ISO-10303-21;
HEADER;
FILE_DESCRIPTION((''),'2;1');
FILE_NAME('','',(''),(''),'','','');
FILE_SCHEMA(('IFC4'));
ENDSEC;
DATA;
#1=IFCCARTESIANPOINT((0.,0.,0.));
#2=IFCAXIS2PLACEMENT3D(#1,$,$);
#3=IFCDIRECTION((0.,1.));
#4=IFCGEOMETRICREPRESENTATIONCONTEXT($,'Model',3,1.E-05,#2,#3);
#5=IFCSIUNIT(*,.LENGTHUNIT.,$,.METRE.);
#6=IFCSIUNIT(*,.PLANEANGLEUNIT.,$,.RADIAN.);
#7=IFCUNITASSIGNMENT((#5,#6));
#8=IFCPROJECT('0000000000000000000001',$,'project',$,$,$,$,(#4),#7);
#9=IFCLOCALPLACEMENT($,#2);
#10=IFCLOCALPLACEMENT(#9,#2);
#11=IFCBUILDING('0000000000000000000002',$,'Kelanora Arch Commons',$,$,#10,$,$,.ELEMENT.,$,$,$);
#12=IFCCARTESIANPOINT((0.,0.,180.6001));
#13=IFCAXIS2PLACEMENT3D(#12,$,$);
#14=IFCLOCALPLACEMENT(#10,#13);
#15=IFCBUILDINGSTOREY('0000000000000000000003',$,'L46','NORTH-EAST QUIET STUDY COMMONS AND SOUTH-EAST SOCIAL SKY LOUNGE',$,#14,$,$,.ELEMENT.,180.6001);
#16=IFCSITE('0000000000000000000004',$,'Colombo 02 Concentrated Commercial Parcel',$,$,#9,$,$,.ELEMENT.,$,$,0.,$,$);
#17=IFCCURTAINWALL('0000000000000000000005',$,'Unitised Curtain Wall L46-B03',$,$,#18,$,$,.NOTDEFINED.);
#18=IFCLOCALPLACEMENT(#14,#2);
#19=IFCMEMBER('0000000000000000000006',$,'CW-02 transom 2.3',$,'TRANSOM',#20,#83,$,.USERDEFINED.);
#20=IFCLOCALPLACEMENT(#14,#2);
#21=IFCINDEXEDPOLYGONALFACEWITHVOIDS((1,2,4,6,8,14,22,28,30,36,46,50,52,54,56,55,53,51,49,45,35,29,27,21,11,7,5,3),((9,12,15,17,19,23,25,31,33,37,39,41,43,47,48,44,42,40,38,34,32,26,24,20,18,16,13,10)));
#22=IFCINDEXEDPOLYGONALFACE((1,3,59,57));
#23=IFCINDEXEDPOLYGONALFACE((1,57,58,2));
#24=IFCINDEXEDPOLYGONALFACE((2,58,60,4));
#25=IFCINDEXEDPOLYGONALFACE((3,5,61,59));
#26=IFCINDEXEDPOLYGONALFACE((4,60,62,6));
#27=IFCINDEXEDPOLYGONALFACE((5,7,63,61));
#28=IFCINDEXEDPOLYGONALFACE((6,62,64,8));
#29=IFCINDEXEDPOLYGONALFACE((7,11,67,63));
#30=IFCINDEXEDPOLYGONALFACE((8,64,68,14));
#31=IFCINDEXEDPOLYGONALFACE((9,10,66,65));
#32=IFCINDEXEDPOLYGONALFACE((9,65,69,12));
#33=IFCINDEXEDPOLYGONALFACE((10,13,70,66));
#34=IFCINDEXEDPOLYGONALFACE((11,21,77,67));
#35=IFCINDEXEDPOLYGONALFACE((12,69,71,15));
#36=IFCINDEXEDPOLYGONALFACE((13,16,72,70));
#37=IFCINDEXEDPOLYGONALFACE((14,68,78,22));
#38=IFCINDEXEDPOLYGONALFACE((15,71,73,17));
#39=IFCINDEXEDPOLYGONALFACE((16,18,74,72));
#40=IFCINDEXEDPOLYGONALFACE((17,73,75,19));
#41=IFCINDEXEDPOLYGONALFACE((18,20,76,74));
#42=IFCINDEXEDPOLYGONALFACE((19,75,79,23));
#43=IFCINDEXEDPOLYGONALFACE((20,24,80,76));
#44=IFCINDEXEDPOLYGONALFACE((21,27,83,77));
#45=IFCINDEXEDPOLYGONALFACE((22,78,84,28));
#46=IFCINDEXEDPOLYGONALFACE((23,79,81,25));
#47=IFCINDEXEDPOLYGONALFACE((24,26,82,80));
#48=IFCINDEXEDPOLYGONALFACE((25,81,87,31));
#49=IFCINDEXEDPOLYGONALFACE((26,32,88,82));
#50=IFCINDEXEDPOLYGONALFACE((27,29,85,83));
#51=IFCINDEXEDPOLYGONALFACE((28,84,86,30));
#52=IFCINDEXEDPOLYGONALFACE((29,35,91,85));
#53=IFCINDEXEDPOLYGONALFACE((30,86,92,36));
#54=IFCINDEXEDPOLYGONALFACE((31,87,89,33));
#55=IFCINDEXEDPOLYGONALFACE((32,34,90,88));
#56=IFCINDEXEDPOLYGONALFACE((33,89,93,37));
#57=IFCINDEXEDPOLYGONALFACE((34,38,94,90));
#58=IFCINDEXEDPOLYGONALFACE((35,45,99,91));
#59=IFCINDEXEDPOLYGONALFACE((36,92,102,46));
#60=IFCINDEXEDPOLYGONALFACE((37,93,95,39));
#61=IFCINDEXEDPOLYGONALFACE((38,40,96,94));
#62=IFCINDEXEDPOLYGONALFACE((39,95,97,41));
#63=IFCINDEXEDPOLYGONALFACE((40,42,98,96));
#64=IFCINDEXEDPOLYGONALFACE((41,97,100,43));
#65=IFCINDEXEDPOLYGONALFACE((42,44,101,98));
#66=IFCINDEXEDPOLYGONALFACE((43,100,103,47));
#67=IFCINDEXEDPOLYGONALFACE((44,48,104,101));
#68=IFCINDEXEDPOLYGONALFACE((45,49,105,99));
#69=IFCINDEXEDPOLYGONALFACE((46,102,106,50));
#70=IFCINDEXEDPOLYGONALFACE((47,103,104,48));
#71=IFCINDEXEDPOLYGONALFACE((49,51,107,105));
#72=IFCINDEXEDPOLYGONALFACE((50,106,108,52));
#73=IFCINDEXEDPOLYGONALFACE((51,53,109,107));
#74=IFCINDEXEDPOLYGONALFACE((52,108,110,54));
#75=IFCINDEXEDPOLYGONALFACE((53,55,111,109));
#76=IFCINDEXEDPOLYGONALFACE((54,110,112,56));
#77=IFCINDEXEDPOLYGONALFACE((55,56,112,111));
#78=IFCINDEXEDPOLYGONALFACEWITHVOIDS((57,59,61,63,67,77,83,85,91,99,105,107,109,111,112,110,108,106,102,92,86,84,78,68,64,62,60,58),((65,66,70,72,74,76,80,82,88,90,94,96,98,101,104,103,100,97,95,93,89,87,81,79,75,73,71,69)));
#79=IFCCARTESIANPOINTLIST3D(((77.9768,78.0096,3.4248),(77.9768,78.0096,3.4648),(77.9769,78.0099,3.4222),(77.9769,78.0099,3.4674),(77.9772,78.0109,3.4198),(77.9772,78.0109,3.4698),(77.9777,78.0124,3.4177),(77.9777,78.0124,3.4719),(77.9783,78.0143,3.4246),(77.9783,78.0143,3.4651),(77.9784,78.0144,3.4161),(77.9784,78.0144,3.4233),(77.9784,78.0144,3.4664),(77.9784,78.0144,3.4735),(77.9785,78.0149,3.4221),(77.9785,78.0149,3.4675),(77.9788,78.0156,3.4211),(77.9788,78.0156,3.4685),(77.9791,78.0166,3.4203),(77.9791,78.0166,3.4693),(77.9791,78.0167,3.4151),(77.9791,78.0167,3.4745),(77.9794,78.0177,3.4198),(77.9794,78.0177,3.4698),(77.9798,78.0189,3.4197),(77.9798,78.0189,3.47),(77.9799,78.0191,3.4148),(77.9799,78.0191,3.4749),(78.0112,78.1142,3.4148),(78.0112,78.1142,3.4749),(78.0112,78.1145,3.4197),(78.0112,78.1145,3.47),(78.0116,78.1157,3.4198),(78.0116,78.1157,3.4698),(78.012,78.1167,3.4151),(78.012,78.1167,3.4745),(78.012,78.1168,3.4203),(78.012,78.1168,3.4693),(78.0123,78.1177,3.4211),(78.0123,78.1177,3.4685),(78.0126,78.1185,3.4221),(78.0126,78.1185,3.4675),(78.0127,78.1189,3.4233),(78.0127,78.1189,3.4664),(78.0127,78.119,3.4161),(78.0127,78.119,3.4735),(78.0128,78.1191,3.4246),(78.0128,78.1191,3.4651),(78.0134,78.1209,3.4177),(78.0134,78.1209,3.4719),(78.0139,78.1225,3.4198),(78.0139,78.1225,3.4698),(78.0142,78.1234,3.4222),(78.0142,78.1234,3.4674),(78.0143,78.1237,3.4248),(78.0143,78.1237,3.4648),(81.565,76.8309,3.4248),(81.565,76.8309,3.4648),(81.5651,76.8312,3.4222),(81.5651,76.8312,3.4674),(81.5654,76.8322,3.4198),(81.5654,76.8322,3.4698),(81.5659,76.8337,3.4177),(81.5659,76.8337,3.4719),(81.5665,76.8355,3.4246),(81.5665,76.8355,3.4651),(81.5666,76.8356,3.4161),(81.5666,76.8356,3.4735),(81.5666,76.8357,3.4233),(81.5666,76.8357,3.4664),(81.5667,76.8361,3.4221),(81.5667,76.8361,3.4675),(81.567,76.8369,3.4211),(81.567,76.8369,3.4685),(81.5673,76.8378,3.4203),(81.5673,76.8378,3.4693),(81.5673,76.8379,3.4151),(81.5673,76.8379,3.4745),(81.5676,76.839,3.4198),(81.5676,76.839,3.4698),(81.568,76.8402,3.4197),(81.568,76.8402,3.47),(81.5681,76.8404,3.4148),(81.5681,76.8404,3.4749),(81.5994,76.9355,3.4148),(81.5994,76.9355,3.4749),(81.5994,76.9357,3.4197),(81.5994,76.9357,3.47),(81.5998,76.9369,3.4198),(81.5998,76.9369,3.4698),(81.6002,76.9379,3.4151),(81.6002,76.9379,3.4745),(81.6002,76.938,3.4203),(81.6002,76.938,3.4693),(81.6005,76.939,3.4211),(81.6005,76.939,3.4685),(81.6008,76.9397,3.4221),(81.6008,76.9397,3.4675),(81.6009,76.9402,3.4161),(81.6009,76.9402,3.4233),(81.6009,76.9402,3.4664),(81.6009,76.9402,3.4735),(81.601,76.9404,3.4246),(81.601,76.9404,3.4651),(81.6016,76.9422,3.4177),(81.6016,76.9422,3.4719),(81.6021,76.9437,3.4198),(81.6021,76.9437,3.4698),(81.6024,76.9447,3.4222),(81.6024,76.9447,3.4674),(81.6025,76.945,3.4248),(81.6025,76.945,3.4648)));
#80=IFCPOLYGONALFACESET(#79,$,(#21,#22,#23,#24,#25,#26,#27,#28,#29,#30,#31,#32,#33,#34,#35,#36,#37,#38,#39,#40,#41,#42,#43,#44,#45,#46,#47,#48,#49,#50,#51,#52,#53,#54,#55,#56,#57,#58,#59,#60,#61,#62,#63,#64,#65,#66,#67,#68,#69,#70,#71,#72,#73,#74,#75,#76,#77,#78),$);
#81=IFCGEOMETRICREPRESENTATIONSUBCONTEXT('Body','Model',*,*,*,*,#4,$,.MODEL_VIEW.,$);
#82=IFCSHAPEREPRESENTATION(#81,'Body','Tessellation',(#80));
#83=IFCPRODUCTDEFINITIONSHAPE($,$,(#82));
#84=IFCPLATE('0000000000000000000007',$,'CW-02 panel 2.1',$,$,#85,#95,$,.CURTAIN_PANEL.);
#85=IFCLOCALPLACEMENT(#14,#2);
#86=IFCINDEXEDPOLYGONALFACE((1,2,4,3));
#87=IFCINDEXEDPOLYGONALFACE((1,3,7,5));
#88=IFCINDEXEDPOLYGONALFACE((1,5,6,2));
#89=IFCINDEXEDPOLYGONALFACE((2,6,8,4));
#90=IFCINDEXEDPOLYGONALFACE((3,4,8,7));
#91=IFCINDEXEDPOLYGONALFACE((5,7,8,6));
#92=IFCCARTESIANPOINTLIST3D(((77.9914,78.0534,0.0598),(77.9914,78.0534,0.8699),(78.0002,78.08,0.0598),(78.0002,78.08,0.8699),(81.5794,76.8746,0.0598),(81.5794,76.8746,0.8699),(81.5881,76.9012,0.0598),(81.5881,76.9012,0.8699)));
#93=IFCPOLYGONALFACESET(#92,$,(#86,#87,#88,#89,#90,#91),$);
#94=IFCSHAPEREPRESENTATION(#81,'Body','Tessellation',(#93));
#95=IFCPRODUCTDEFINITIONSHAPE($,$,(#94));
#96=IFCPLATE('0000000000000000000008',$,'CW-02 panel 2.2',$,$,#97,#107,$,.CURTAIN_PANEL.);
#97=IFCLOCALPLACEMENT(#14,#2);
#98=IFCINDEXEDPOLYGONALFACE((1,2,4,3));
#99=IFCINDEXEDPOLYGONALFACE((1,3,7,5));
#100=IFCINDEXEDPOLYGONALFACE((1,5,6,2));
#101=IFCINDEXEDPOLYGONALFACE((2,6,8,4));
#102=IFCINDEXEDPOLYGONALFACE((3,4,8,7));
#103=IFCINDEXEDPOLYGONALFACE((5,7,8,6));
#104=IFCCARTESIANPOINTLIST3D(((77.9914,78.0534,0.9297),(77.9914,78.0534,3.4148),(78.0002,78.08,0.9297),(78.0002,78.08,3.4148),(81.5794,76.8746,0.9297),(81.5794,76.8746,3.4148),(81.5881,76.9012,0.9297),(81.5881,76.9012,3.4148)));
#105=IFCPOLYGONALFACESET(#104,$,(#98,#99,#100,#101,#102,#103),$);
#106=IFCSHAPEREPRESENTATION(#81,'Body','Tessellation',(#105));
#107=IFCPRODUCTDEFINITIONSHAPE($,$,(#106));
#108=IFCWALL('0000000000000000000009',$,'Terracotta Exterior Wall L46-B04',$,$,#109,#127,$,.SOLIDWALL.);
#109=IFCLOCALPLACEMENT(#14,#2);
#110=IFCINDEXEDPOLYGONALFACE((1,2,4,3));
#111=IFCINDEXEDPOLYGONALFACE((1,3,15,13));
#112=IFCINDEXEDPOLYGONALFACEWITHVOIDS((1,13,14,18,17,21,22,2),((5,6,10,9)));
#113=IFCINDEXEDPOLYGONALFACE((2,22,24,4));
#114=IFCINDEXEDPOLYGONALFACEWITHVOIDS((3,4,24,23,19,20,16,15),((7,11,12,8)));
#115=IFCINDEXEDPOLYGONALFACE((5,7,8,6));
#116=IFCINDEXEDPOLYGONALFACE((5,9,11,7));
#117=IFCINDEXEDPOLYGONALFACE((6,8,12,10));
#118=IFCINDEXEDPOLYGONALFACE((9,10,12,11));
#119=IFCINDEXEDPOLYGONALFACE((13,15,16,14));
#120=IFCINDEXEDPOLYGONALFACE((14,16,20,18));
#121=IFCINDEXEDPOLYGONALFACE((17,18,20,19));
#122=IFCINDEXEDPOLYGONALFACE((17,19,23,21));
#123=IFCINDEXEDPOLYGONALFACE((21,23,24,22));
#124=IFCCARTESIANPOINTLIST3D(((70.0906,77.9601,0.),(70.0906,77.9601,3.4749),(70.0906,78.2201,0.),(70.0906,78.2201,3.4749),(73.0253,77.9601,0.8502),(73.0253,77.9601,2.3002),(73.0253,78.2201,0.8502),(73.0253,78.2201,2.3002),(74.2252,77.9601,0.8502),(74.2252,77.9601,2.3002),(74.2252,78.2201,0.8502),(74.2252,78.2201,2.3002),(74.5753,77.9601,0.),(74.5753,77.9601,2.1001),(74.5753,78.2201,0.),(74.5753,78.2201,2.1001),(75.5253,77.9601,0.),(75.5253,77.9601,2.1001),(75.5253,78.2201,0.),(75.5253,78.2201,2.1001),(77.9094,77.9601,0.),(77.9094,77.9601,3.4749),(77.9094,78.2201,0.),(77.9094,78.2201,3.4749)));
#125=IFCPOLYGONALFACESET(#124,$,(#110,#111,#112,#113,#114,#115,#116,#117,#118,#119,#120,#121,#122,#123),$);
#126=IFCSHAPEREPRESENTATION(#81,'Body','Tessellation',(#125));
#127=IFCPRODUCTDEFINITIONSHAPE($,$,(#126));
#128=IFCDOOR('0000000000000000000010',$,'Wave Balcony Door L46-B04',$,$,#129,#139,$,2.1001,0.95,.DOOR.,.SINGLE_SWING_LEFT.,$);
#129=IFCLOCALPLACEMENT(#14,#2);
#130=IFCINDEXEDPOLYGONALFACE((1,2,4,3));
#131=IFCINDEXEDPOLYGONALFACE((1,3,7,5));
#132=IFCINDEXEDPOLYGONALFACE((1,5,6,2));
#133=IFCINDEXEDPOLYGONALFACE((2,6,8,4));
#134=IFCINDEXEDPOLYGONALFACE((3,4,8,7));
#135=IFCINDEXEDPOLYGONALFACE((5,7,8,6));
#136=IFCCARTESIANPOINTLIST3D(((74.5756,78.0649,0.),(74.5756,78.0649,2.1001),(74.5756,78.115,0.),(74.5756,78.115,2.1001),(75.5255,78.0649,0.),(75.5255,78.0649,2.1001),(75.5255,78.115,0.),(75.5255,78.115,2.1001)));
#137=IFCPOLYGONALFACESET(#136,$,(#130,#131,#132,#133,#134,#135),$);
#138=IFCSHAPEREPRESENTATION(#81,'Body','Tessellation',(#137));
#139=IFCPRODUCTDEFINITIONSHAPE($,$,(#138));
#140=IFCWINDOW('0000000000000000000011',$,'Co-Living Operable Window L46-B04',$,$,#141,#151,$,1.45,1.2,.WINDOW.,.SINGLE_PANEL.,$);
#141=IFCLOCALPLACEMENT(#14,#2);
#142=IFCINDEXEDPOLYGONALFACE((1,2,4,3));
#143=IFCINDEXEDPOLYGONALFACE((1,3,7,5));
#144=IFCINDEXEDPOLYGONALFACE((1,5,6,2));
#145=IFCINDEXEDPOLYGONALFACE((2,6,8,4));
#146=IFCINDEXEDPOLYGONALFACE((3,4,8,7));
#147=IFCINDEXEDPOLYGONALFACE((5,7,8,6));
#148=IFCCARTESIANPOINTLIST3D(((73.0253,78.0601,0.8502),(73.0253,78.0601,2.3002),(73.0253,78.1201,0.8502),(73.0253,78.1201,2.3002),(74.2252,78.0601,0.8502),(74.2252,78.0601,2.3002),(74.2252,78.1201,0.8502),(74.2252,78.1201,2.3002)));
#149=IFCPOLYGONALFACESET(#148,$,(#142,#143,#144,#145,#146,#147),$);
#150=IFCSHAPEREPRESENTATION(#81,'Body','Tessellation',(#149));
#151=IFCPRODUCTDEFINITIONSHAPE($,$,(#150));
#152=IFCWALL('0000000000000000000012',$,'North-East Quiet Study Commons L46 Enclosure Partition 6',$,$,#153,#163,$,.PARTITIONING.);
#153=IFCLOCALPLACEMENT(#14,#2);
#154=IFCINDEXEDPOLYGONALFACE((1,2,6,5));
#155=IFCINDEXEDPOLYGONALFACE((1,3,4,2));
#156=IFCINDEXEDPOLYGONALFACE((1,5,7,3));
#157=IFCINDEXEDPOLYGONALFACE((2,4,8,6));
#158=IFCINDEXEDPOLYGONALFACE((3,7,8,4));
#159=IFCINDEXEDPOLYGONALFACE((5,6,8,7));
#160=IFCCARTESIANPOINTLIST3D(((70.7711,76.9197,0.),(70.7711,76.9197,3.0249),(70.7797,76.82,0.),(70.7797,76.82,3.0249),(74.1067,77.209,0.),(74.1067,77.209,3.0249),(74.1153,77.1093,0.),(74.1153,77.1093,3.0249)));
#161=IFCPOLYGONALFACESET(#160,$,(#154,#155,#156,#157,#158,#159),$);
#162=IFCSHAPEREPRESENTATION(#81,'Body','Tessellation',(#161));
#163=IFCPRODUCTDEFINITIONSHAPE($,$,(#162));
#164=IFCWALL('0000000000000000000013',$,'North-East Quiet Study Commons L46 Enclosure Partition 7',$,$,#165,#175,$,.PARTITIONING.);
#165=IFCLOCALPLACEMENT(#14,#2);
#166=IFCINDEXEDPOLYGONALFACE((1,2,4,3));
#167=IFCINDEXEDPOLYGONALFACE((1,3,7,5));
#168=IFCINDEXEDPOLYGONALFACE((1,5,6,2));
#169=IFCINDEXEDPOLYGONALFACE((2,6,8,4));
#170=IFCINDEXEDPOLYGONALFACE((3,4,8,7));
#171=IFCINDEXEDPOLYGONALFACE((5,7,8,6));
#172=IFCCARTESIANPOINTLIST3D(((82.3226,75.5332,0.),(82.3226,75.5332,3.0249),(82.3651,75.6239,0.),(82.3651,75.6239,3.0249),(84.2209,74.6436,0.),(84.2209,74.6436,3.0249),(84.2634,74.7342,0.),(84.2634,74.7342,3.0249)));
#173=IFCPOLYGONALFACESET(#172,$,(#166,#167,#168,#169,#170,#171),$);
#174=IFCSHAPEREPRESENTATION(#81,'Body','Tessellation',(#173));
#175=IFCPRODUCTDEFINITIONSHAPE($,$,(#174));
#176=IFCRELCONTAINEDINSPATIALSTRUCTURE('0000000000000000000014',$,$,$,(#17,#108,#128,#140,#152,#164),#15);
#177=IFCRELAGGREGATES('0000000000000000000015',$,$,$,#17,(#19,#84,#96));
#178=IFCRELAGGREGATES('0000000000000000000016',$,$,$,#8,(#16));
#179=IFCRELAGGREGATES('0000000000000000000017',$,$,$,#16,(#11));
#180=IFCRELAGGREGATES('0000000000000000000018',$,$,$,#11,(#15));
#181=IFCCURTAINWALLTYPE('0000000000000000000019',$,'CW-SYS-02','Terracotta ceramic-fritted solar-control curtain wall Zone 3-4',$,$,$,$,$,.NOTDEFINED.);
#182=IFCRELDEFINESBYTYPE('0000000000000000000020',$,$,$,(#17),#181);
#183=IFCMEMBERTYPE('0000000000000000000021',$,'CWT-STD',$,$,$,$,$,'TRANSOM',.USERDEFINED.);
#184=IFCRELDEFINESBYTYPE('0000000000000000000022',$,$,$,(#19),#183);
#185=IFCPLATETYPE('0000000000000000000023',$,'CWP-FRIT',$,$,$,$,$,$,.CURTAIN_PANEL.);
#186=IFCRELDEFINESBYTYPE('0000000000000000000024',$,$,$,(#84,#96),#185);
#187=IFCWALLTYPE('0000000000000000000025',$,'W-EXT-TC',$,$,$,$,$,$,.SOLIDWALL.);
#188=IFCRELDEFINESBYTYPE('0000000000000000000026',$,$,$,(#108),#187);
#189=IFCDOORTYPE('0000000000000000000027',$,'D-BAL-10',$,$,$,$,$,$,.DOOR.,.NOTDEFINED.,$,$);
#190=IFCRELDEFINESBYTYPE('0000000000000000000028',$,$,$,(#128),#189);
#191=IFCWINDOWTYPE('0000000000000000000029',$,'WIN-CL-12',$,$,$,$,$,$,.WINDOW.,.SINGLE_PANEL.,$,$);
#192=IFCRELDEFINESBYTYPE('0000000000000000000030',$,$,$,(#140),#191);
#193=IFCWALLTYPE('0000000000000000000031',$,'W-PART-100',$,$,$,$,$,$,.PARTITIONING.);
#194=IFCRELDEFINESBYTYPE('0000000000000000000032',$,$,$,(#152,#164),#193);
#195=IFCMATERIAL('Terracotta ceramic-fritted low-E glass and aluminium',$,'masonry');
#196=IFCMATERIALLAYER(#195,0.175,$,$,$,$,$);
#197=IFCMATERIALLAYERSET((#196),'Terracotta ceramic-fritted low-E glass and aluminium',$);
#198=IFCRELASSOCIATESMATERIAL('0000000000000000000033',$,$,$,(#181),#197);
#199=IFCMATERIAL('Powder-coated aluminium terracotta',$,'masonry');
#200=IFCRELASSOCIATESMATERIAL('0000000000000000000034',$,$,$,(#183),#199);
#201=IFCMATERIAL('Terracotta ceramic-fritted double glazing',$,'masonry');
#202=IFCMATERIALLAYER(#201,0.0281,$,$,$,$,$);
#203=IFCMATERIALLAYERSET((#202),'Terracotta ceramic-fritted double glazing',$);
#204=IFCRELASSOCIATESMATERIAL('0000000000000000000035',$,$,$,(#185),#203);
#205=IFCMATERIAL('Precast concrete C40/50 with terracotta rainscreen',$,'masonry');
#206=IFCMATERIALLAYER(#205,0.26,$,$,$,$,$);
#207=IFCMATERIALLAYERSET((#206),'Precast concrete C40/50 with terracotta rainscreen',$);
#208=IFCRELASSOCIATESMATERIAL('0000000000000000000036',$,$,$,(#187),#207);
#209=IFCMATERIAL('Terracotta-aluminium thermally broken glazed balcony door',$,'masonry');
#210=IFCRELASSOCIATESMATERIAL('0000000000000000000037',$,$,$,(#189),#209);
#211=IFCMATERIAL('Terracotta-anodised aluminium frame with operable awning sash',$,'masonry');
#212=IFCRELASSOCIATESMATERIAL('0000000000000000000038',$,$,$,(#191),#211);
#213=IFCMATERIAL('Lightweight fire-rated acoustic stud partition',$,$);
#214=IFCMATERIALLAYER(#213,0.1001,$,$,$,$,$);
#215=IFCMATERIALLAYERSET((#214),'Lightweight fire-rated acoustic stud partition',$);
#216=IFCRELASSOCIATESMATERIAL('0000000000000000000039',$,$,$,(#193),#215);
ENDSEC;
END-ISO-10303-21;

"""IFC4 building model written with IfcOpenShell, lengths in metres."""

from ifc_helpers import new_model, si_unit, direction, frame, frame_2d, origin, origin_2d, place, context, subcontext, project, spatial, rectangle, hollow_rectangle, extrude, source, transform, mapped, material, layer, layer_set, material_profile, profile_set, type_object, element, fill, aggregate, save


model = new_model("IFC4")

# Units and contexts
model_context = context("Model", 3, precision=1e-05, world=origin(), true_north=direction((0.0, 1.0)))
body_context = subcontext(model_context, "Body", "Model", "MODEL_VIEW")
ifc_project = project(units=[si_unit("LENGTHUNIT", "METRE"), si_unit("PLANEANGLEUNIT", "RADIAN")], contexts=[model_context])

# Site, building, storey
site_placement = place(None, origin())
site = spatial("IfcSite", under=ifc_project, at=site_placement, Name="Colombo 02 Concentrated Commercial Parcel", CompositionType="ELEMENT", RefElevation=0.0)
building_placement = place(site_placement, origin())
building = spatial("IfcBuilding", under=site, at=building_placement, Name="Kelanora Arch Commons", CompositionType="ELEMENT")
storey_placement = place(building_placement, frame((0.0, 0.0, 180.6001)))
storey = spatial("IfcBuildingStorey", under=building, at=storey_placement, Name="L46", Description="NORTH-EAST QUIET STUDY COMMONS AND SOUTH-EAST SOCIAL SKY LOUNGE", CompositionType="ELEMENT", Elevation=180.6001)

# Curtain wall, member, plates
ifc_material_1 = material(Name="Terracotta ceramic-fritted low-E glass and aluminium", Category="masonry")
ifc_layer_1 = layer(ifc_material_1, 0.175)
ifc_layer_set_1 = layer_set([ifc_layer_1], Name="Terracotta ceramic-fritted low-E glass and aluminium")
curtain_wall_type = type_object("IfcCurtainWallType", Name="CW-SYS-02", Description="Terracotta ceramic-fritted solar-control curtain wall Zone 3-4", PredefinedType="NOTDEFINED", material=ifc_layer_set_1)
curtain_wall_placement = place(storey_placement, origin())
curtain_wall = element("IfcCurtainWall", 1, at=curtain_wall_placement, inside=storey, type_object=curtain_wall_type, Name="Unitised Curtain Wall L46-B03", PredefinedType="NOTDEFINED")
ifc_material_2 = material(Name="Powder-coated aluminium terracotta", Category="masonry")
ifc_material_profile_1 = material_profile(ifc_material_2, hollow_rectangle(XDim=0.1201, YDim=0.0601, WallThickness=0.0049, InnerFilletRadius=0.0049, OuterFilletRadius=0.01, at=origin_2d()), Name="CWT120x60")
ifc_profile_set_1 = profile_set([ifc_material_profile_1], Name="Powder-coated aluminium terracotta")
member_type_1 = type_object("IfcMemberType", Name="CWT-STD", ElementType="TRANSOM", PredefinedType="USERDEFINED", material=ifc_profile_set_1)
member_1_placement = place(storey_placement, frame((81.5837, 76.8879, 3.4448), z_axis=(-0.950051, 0.312094, 0.0), x_axis=(-0.312094, -0.950051, 0.0)))
member_1 = element("IfcMember", 2, at=member_1_placement, type_object=member_type_1, Name="CW-02 transom 2.3", ObjectType="TRANSOM", PredefinedType="USERDEFINED", context=body_context, shape_type="SweptSolid", body=[
    extrude(hollow_rectangle(XDim=0.1201, YDim=0.0601, WallThickness=0.0049, InnerFilletRadius=0.0049, OuterFilletRadius=0.01, at=origin_2d()), origin(), (0.0, 0.0, 1.0), 3.7769),
])
ifc_material_3 = material(Name="Terracotta ceramic-fritted double glazing", Category="masonry")
ifc_layer_2 = layer(ifc_material_3, 0.0281)
ifc_layer_set_2 = layer_set([ifc_layer_2], Name="Terracotta ceramic-fritted double glazing")
plate_type = type_object("IfcPlateType", Name="CWP-FRIT", PredefinedType="CURTAIN_PANEL", material=ifc_layer_set_2)
shared_shape_1 = source(origin(), body_context, "Body", "SweptSolid", [
    extrude(rectangle(XDim=3.7766, YDim=0.0281, at=origin_2d()), origin(), (0.0, 0.0, 1.0), 0.8101),
])
plate_1_placement = place(storey_placement, frame((79.7898, 77.4773, 0.0598), z_axis=(0.0, 0.0, 1.0), x_axis=(-0.95004, 0.312128, 0.0)))
plate_1 = element("IfcPlate", 3, at=plate_1_placement, type_object=plate_type, Name="CW-02 panel 2.1", PredefinedType="CURTAIN_PANEL", context=body_context, shape_type="MappedRepresentation", body=[
    mapped(shared_shape_1, transform((0.0, 0.0, 0.0), scale=1.0)),
])
shared_shape_2 = source(origin(), body_context, "Body", "SweptSolid", [
    extrude(rectangle(XDim=3.7766, YDim=0.0281, at=origin_2d()), origin(), (0.0, 0.0, 1.0), 2.4851),
])
plate_2_placement = place(storey_placement, frame((79.7898, 77.4773, 0.9297), z_axis=(0.0, 0.0, 1.0), x_axis=(-0.95004, 0.312128, 0.0)))
plate_2 = element("IfcPlate", 4, at=plate_2_placement, type_object=plate_type, Name="CW-02 panel 2.2", PredefinedType="CURTAIN_PANEL", context=body_context, shape_type="MappedRepresentation", body=[
    mapped(shared_shape_2, transform((0.0, 0.0, 0.0), scale=1.0)),
])
aggregate(curtain_wall, [member_1, plate_1, plate_2])

# Wall, openings, door, window
ifc_material_4 = material(Name="Precast concrete C40/50 with terracotta rainscreen", Category="masonry")
ifc_layer_3 = layer(ifc_material_4, 0.26)
ifc_layer_set_3 = layer_set([ifc_layer_3], Name="Precast concrete C40/50 with terracotta rainscreen")
wall_type_1 = type_object("IfcWallType", Name="W-EXT-TC", PredefinedType="SOLIDWALL", material=ifc_layer_set_3)
wall_1_placement = place(storey_placement, frame((77.9094, 78.0901, 0.0), z_axis=(0.0, 0.0, 1.0), x_axis=(-1.0, 0.0, 0.0)))
wall_1 = element("IfcWall", 5, at=wall_1_placement, inside=storey, type_object=wall_type_1, Name="Terracotta Exterior Wall L46-B04", PredefinedType="SOLIDWALL", context=body_context, shape_type="SweptSolid", body=[
    extrude(rectangle(XDim=7.8188, YDim=0.26, at=frame_2d((3.9094, 0.0))), origin(), (0.0, 0.0, 1.0), 3.4749),
])
opening_1_placement = place(wall_1_placement, frame((2.384, 0.0, 0.0)))
opening_1 = element("IfcOpeningElement", 6, at=opening_1_placement, cuts=wall_1, PredefinedType="OPENING", context=body_context, shape_type="SweptSolid", body=[
    extrude(rectangle(XDim=0.95, YDim=2.1001, at=frame_2d((0.4751, 1.05))), frame((0.0, 0.1401, 0.0), z_axis=(0.0, -1.0, 0.0), x_axis=(1.0, 0.0, 0.0)), (0.0, 0.0, 1.0), 0.28),
])
opening_2_placement = place(wall_1_placement, frame((3.6841, 0.0, 0.8501)))
opening_2 = element("IfcOpeningElement", 7, at=opening_2_placement, cuts=wall_1, PredefinedType="OPENING", context=body_context, shape_type="SweptSolid", body=[
    extrude(rectangle(XDim=1.2, YDim=1.45, at=frame_2d((0.6001, 0.7251))), frame((0.0, 0.1401, 0.0), z_axis=(0.0, -1.0, 0.0), x_axis=(1.0, 0.0, 0.0)), (0.0, 0.0, 1.0), 0.28),
])
ifc_material_5 = material(Name="Terracotta-aluminium thermally broken glazed balcony door", Category="masonry")
door_type_1 = type_object("IfcDoorType", Name="D-BAL-10", OperationType="NOTDEFINED", PredefinedType="DOOR", material=ifc_material_5)
door_1_placement = place(opening_1_placement, frame((0.95, 0.0, 0.0), z_axis=(0.0, 0.0, 1.0), x_axis=(-1.0, 0.0, 0.0)))
door_1 = element("IfcDoor", 8, at=door_1_placement, inside=storey, type_object=door_type_1, Name="Wave Balcony Door L46-B04", OperationType="SINGLE_SWING_LEFT", OverallHeight=2.1001, OverallWidth=0.95, PredefinedType="DOOR", context=body_context, shape_type="SweptSolid", body=[
    extrude(rectangle(XDim=0.95, YDim=2.1001, at=frame_2d((0.4751, 1.05))), frame((0.0, 0.0249, 0.0), z_axis=(0.0, -1.0, 0.0), x_axis=(1.0, 0.0, 0.0)), (0.0, 0.0, 1.0), 0.05),
])
fill(opening_1, door_1)
ifc_material_6 = material(Name="Terracotta-anodised aluminium frame with operable awning sash", Category="masonry")
window_type = type_object("IfcWindowType", Name="WIN-CL-12", PartitioningType="SINGLE_PANEL", PredefinedType="WINDOW", material=ifc_material_6)
window_placement = place(opening_2_placement, origin())
window = element("IfcWindow", 9, at=window_placement, inside=storey, type_object=window_type, Name="Co-Living Operable Window L46-B04", OverallHeight=1.45, OverallWidth=1.2, PartitioningType="SINGLE_PANEL", PredefinedType="WINDOW", context=body_context, shape_type="SweptSolid", body=[
    extrude(rectangle(XDim=1.2, YDim=1.45, at=frame_2d((0.6001, 0.7251))), frame((0.0, 0.03, 0.0), z_axis=(0.0, -1.0, 0.0), x_axis=(1.0, 0.0, 0.0)), (0.0, 0.0, 1.0), 0.0601),
])
fill(opening_2, window)

# Walls
ifc_material_7 = material(Name="Lightweight fire-rated acoustic stud partition")
ifc_layer_4 = layer(ifc_material_7, 0.1001)
ifc_layer_set_4 = layer_set([ifc_layer_4], Name="Lightweight fire-rated acoustic stud partition")
wall_type_2 = type_object("IfcWallType", Name="W-PART-100", PredefinedType="PARTITIONING", material=ifc_layer_set_4)
wall_2_placement = place(storey_placement, frame((70.7754, 76.8699, 0.0), z_axis=(0.0, 0.0, 1.0), x_axis=(0.99626, 0.086406, 0.0)))
element("IfcWall", 10, at=wall_2_placement, inside=storey, type_object=wall_type_2, Name="North-East Quiet Study Commons L46 Enclosure Partition 6", PredefinedType="PARTITIONING", context=body_context, shape_type="SweptSolid", body=[
    extrude(rectangle(XDim=3.3481, YDim=0.1001, at=frame_2d((1.6741, 0.0))), origin(), (0.0, 0.0, 1.0), 3.0249),
])
wall_3_placement = place(storey_placement, frame((82.3438, 75.5786, 0.0), z_axis=(0.0, 0.0, 1.0), x_axis=(0.905483, -0.424383, 0.0)))
element("IfcWall", 11, at=wall_3_placement, inside=storey, type_object=wall_type_2, Name="North-East Quiet Study Commons L46 Enclosure Partition 7", PredefinedType="PARTITIONING", context=body_context, shape_type="SweptSolid", body=[
    extrude(rectangle(XDim=2.0964, YDim=0.1001, at=frame_2d((1.0483, 0.0))), origin(), (0.0, 0.0, 1.0), 3.0249),
])

save(model, "model.ifc")
